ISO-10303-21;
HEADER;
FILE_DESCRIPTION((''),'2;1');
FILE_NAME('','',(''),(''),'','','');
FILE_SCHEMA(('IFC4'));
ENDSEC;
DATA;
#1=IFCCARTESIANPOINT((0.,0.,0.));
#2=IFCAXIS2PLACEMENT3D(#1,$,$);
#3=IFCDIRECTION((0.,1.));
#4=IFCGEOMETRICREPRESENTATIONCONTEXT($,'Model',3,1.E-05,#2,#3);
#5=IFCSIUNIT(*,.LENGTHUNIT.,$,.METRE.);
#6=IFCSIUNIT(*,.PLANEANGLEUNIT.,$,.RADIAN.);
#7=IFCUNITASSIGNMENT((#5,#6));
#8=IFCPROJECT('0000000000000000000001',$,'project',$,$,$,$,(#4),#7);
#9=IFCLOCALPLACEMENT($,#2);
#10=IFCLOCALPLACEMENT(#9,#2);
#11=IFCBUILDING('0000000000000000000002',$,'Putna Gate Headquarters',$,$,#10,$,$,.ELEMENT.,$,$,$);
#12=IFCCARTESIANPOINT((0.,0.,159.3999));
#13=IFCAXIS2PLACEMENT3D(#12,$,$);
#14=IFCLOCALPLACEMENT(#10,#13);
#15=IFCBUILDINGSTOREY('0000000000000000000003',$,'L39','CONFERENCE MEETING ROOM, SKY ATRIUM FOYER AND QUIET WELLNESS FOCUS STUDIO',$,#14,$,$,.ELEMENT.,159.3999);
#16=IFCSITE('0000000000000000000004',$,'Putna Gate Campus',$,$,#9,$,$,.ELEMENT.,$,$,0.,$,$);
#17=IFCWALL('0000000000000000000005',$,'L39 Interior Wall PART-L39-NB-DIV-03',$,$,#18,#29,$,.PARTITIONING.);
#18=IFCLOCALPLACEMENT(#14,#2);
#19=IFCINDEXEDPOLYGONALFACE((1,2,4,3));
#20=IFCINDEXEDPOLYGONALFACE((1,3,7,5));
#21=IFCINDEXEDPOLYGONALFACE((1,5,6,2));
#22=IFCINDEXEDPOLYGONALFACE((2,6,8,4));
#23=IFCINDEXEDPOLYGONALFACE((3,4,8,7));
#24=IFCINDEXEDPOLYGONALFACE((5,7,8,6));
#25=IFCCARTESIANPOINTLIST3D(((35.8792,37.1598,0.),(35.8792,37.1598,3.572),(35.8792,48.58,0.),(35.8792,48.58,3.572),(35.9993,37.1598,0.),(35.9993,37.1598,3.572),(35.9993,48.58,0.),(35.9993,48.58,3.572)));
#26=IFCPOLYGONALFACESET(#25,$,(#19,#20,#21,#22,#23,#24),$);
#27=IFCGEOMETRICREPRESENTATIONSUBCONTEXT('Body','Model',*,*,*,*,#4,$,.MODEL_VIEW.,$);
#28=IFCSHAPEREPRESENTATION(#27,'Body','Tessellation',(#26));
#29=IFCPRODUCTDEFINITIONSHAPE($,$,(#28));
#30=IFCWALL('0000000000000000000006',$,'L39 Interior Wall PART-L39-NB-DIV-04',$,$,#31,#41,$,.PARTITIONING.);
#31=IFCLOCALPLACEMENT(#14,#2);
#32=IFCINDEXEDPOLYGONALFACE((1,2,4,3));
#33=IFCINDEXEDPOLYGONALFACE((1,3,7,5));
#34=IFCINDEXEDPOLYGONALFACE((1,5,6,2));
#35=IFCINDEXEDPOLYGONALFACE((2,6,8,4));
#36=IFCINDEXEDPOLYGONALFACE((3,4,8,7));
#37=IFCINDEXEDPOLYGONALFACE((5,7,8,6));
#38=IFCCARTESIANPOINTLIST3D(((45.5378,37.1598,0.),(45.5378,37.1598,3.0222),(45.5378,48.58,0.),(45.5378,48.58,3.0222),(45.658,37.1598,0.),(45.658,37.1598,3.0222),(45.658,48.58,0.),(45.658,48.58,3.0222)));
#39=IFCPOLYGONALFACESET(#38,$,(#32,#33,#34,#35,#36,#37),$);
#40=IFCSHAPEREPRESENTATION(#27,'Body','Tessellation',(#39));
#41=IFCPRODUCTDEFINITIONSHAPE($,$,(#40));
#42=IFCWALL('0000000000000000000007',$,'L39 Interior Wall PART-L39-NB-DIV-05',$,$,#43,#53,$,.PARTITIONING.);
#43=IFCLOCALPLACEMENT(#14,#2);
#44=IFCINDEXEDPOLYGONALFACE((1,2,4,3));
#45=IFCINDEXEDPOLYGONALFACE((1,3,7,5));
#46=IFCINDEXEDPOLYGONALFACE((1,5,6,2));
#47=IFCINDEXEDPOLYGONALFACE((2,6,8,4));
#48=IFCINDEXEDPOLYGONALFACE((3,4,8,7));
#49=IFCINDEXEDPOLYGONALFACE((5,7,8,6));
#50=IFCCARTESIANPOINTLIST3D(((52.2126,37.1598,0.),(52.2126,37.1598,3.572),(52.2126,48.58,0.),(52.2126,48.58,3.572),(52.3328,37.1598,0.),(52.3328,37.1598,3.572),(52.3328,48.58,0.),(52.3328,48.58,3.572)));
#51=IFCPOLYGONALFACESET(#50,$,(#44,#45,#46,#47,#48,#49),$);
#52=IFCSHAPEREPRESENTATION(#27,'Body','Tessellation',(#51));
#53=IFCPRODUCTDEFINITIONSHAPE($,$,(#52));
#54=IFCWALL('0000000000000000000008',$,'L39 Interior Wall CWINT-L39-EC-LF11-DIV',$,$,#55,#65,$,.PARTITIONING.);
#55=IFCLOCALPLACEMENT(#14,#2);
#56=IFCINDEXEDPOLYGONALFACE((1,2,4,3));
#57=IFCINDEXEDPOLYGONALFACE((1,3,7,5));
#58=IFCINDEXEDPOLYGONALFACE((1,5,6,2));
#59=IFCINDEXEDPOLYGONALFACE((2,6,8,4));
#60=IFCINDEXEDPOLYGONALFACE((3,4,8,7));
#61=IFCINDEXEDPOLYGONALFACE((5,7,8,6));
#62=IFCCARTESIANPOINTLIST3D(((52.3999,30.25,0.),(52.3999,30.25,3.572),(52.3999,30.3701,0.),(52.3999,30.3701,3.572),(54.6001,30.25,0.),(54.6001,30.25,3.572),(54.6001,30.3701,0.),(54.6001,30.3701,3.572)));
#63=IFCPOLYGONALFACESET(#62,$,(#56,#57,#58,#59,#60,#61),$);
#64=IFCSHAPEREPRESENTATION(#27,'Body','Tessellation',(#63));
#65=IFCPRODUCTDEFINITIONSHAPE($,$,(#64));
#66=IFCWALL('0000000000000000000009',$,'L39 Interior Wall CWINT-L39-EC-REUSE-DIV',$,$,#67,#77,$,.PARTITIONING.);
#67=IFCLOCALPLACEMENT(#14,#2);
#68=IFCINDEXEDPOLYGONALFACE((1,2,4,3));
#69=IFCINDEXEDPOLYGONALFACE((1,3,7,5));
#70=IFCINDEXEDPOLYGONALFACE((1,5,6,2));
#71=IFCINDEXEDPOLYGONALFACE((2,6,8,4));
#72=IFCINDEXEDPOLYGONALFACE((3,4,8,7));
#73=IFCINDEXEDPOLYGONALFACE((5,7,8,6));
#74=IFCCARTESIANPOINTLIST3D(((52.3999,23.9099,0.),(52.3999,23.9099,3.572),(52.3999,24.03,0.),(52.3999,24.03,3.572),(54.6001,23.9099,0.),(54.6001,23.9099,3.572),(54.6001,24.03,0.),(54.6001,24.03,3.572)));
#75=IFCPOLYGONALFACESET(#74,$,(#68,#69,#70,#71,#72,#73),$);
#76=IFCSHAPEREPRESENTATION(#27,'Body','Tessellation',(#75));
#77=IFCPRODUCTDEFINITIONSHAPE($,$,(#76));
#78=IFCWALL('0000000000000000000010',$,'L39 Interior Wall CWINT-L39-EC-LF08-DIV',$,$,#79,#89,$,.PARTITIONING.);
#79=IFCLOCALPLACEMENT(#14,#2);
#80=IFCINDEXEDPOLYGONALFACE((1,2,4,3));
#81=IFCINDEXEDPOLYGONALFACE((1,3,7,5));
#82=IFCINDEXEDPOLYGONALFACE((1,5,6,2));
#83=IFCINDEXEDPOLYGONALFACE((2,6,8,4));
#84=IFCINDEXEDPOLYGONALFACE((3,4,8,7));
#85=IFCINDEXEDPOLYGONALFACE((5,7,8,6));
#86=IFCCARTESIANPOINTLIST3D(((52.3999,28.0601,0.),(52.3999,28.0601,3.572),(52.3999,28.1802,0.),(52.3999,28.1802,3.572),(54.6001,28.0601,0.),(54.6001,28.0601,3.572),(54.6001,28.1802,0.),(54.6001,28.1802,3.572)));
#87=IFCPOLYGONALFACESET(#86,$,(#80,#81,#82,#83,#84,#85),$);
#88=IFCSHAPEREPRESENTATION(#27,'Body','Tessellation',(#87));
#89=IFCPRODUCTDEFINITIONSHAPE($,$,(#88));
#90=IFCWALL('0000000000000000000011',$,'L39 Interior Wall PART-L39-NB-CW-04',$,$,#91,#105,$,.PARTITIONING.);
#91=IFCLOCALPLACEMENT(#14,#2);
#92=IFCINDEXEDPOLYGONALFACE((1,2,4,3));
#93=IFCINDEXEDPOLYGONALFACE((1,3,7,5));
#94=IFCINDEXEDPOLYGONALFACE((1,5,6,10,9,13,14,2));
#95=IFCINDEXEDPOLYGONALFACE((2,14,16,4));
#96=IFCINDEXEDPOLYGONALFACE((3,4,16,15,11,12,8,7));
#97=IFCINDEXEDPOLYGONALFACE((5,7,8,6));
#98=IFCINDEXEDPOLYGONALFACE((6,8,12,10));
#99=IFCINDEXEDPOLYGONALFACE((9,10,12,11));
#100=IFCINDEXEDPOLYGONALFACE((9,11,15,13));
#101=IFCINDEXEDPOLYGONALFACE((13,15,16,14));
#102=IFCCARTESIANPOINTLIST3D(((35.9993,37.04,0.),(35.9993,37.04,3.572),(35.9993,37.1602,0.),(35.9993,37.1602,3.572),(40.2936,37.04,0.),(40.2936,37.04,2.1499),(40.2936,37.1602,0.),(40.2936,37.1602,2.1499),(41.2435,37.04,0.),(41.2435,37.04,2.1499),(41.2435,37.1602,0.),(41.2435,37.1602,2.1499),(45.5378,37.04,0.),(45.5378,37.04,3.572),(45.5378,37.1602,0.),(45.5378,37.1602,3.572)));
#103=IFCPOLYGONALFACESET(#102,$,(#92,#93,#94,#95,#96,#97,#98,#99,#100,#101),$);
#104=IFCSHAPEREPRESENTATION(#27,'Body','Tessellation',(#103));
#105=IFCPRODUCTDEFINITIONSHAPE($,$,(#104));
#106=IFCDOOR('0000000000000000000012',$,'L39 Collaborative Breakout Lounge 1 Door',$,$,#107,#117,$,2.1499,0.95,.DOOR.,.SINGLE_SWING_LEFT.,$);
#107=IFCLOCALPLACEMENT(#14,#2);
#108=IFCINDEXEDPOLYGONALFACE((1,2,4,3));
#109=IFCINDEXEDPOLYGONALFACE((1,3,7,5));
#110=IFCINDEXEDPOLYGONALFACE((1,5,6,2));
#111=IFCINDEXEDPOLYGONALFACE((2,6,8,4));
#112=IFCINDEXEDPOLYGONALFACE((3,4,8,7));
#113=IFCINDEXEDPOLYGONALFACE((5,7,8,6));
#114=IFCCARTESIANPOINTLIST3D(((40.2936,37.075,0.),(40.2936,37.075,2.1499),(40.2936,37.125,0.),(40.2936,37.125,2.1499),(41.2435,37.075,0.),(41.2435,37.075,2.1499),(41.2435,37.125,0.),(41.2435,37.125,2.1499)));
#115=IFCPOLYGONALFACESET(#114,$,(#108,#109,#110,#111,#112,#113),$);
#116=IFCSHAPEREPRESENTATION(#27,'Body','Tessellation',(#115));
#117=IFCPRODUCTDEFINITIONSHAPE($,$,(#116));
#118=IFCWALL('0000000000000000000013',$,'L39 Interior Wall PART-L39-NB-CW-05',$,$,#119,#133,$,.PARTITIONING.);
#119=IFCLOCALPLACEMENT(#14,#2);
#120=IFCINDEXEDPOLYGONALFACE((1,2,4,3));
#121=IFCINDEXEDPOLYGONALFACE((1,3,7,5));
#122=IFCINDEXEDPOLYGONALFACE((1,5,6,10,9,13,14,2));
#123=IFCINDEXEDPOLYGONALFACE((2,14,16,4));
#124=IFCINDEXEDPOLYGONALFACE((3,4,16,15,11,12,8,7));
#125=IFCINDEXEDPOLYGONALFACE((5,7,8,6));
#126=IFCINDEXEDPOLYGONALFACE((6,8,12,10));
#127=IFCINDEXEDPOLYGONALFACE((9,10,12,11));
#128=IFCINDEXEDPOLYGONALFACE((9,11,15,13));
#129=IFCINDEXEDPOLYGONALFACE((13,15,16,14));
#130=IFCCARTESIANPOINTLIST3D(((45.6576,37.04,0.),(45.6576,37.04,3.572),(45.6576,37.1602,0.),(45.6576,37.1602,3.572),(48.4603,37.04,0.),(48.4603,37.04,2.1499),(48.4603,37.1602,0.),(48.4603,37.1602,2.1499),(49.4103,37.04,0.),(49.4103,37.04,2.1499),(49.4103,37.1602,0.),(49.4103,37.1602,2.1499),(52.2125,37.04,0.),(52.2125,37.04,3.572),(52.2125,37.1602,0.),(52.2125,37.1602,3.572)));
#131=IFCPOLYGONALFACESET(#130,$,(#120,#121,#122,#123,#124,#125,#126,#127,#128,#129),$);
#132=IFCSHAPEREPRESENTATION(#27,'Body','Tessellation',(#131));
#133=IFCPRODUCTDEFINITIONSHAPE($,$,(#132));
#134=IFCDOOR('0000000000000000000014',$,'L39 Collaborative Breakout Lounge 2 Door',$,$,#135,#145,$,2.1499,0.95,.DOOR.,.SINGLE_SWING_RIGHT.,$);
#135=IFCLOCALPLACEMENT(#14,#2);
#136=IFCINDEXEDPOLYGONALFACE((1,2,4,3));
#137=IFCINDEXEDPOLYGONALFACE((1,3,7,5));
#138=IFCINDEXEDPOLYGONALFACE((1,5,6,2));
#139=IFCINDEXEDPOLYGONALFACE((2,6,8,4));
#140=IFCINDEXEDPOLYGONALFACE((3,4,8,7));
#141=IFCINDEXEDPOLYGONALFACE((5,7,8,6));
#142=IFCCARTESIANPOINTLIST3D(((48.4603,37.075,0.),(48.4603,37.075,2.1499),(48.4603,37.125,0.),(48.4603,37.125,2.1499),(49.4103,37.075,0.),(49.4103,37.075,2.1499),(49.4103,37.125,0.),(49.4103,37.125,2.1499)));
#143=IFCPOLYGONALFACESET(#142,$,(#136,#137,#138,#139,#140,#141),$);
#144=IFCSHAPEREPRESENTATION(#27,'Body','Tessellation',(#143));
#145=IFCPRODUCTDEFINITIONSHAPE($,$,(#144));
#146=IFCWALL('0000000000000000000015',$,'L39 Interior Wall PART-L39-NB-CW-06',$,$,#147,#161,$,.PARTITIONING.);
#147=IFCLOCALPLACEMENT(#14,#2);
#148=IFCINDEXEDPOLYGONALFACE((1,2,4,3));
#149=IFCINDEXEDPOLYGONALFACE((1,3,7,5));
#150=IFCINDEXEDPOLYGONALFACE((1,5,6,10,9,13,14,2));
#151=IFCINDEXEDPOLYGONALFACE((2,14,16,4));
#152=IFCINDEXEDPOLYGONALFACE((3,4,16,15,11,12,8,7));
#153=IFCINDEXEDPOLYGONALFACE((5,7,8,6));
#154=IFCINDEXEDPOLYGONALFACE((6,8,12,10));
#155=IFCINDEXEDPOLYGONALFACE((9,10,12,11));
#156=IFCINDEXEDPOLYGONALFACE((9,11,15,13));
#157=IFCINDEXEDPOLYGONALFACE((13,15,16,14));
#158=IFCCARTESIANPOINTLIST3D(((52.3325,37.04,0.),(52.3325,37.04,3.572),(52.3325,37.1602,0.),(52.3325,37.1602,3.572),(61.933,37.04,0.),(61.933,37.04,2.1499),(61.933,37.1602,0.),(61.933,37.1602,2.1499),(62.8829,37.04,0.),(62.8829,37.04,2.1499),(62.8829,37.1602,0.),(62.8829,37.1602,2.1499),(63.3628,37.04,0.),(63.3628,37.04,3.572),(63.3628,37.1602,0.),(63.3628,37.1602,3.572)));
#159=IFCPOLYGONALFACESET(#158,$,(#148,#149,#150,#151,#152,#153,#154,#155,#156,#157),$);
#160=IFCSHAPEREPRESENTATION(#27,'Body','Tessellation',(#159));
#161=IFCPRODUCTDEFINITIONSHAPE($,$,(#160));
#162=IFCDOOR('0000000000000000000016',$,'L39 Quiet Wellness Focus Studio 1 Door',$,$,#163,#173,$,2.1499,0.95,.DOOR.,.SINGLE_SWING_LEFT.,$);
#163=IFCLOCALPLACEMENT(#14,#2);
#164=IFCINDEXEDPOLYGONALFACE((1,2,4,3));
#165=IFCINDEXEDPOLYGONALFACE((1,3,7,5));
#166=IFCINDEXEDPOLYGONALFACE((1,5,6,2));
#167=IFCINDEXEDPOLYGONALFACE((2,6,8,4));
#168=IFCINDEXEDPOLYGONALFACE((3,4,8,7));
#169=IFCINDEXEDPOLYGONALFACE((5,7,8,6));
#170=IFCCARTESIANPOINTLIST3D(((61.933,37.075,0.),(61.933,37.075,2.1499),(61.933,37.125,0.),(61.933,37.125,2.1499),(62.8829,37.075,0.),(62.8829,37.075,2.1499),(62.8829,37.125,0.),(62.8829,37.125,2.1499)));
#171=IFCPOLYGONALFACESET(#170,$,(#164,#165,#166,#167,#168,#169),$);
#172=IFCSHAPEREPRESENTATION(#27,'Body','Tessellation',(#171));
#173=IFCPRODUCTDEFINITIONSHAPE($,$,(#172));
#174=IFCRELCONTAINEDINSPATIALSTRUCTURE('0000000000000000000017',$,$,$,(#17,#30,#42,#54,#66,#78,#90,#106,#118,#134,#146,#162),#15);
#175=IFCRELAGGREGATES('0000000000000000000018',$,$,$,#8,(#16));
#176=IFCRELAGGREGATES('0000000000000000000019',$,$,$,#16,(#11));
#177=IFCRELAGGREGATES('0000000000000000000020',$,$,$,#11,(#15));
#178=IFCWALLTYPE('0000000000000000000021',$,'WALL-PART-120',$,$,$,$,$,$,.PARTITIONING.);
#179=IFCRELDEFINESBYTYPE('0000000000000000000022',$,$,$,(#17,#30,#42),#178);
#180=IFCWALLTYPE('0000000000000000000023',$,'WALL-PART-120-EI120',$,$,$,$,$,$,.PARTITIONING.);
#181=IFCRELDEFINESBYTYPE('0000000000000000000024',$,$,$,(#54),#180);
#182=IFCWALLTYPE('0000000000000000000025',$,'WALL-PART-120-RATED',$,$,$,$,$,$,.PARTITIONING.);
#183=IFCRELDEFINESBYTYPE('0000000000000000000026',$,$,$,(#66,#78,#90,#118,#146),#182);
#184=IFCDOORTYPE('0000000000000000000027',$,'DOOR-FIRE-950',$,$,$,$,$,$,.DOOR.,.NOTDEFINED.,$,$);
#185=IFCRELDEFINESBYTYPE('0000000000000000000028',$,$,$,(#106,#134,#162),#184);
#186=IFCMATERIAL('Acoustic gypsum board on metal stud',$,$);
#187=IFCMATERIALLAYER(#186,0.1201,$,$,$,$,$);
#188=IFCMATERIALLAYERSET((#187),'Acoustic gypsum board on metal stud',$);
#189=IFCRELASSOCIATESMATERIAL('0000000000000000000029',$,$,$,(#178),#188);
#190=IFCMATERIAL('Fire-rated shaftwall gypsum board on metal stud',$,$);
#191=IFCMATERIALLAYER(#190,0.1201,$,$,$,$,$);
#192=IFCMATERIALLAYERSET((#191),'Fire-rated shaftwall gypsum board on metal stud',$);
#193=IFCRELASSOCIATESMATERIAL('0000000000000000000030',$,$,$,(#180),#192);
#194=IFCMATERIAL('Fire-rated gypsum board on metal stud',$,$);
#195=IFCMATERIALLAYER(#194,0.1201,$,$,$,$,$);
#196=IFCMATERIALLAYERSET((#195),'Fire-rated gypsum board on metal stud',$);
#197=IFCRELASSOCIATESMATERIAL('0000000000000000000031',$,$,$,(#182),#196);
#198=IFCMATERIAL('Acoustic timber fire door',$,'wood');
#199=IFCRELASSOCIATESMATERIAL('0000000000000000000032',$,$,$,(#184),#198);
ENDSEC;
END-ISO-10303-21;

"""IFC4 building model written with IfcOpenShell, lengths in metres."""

from ifc_helpers import new_model, si_unit, direction, frame, frame_2d, origin, place, context, subcontext, project, spatial, rectangle, extrude, material, layer, layer_set, type_object, element, fill, save


model = new_model("IFC4")

# Units and contexts
model_context = context("Model", 3, precision=1e-05, world=origin(), true_north=direction((0.0, 1.0)))
body_context = subcontext(model_context, "Body", "Model", "MODEL_VIEW")
ifc_project = project(units=[si_unit("LENGTHUNIT", "METRE"), si_unit("PLANEANGLEUNIT", "RADIAN")], contexts=[model_context])

# Site, building, storey
site_placement = place(None, origin())
site = spatial("IfcSite", under=ifc_project, at=site_placement, Name="Putna Gate Campus", CompositionType="ELEMENT", RefElevation=0.0)
building_placement = place(site_placement, origin())
building = spatial("IfcBuilding", under=site, at=building_placement, Name="Putna Gate Headquarters", CompositionType="ELEMENT")
storey_placement = place(building_placement, frame((0.0, 0.0, 159.3999)))
storey = spatial("IfcBuildingStorey", under=building, at=storey_placement, Name="L39", Description="CONFERENCE MEETING ROOM, SKY ATRIUM FOYER AND QUIET WELLNESS FOCUS STUDIO", CompositionType="ELEMENT", Elevation=159.3999)

# Shared definitions
ifc_material_1 = material(Name="Acoustic gypsum board on metal stud")
ifc_layer_1 = layer(ifc_material_1, 0.1201)
ifc_layer_set_1 = layer_set([ifc_layer_1], Name="Acoustic gypsum board on metal stud")
wall_type_1 = type_object("IfcWallType", Name="WALL-PART-120", PredefinedType="PARTITIONING", material=ifc_layer_set_1)

# Walls
wall_1_placement = place(storey_placement, frame((35.9392, 37.1599, 0.0), z_axis=(0.0, 0.0, 1.0), x_axis=(0.0, 1.0, 0.0)))
element("IfcWall", 1, at=wall_1_placement, inside=storey, type_object=wall_type_1, Name="L39 Interior Wall PART-L39-NB-DIV-03", PredefinedType="PARTITIONING", context=body_context, shape_type="SweptSolid", body=[
    extrude(rectangle(XDim=11.4202, YDim=0.1201, at=frame_2d((5.71, 0.0))), origin(), (0.0, 0.0, 1.0), 3.572),
])
wall_2_placement = place(storey_placement, frame((45.5979, 37.1599, 0.0), z_axis=(0.0, 0.0, 1.0), x_axis=(0.0, 1.0, 0.0)))
element("IfcWall", 2, at=wall_2_placement, inside=storey, type_object=wall_type_1, Name="L39 Interior Wall PART-L39-NB-DIV-04", PredefinedType="PARTITIONING", context=body_context, shape_type="SweptSolid", body=[
    extrude(rectangle(XDim=11.4202, YDim=0.1201, at=frame_2d((5.71, 0.0))), origin(), (0.0, 0.0, 1.0), 3.0222),
])
wall_3_placement = place(storey_placement, frame((52.2727, 37.1599, 0.0), z_axis=(0.0, 0.0, 1.0), x_axis=(0.0, 1.0, 0.0)))
element("IfcWall", 3, at=wall_3_placement, inside=storey, type_object=wall_type_1, Name="L39 Interior Wall PART-L39-NB-DIV-05", PredefinedType="PARTITIONING", context=body_context, shape_type="SweptSolid", body=[
    extrude(rectangle(XDim=11.4202, YDim=0.1201, at=frame_2d((5.71, 0.0))), origin(), (0.0, 0.0, 1.0), 3.572),
])
ifc_material_2 = material(Name="Fire-rated shaftwall gypsum board on metal stud")
ifc_layer_2 = layer(ifc_material_2, 0.1201)
ifc_layer_set_2 = layer_set([ifc_layer_2], Name="Fire-rated shaftwall gypsum board on metal stud")
wall_type_2 = type_object("IfcWallType", Name="WALL-PART-120-EI120", PredefinedType="PARTITIONING", material=ifc_layer_set_2)
wall_4_placement = place(storey_placement, frame((52.3999, 30.3101, 0.0), z_axis=(0.0, 0.0, 1.0), x_axis=(1.0, 0.0, 0.0)))
element("IfcWall", 4, at=wall_4_placement, inside=storey, type_object=wall_type_2, Name="L39 Interior Wall CWINT-L39-EC-LF11-DIV", PredefinedType="PARTITIONING", context=body_context, shape_type="SweptSolid", body=[
    extrude(rectangle(XDim=2.2002, YDim=0.1201, at=frame_2d((1.1001, 0.0))), origin(), (0.0, 0.0, 1.0), 3.572),
])
ifc_material_3 = material(Name="Fire-rated gypsum board on metal stud")
ifc_layer_3 = layer(ifc_material_3, 0.1201)
ifc_layer_set_3 = layer_set([ifc_layer_3], Name="Fire-rated gypsum board on metal stud")
wall_type_3 = type_object("IfcWallType", Name="WALL-PART-120-RATED", PredefinedType="PARTITIONING", material=ifc_layer_set_3)
for number, where, z_axis, x_axis, name in (
    (5, (52.3999, 23.97, 0.0), (0.0, 0.0, 1.0), (1.0, 0.0, 0.0), "L39 Interior Wall CWINT-L39-EC-REUSE-DIV"),
    (6, (52.3999, 28.1201, 0.0), (0.0, 0.0, 1.0), (1.0, 0.0, 0.0), "L39 Interior Wall CWINT-L39-EC-LF08-DIV"),
):
    element("IfcWall", number, at=place(storey_placement, frame(where, z_axis=z_axis, x_axis=x_axis)), inside=storey, type_object=wall_type_3, Name=name, PredefinedType="PARTITIONING", context=body_context, shape_type="SweptSolid", body=[
        extrude(rectangle(XDim=2.2002, YDim=0.1201, at=frame_2d((1.1001, 0.0))), origin(), (0.0, 0.0, 1.0), 3.572),
    ])

# Walls, openings, doors
wall_5_placement = place(storey_placement, frame((35.9993, 37.1001, 0.0), z_axis=(0.0, 0.0, 1.0), x_axis=(1.0, 0.0, 0.0)))
wall_5 = element("IfcWall", 7, at=wall_5_placement, inside=storey, type_object=wall_type_3, Name="L39 Interior Wall PART-L39-NB-CW-04", PredefinedType="PARTITIONING", context=body_context, shape_type="SweptSolid", body=[
    extrude(rectangle(XDim=9.5386, YDim=0.1201, at=frame_2d((4.7693, 0.0))), origin(), (0.0, 0.0, 1.0), 3.572),
])
opening_1_placement = place(wall_5_placement, frame((4.2942, 0.0, 0.0)))
opening_1 = element("IfcOpeningElement", 8, at=opening_1_placement, cuts=wall_5, PredefinedType="OPENING", context=body_context, shape_type="SweptSolid", body=[
    extrude(rectangle(XDim=0.95, YDim=2.1499, at=frame_2d((0.4751, 1.075))), frame((0.0, 0.0701, 0.0), z_axis=(0.0, -1.0, 0.0), x_axis=(1.0, 0.0, 0.0)), (0.0, 0.0, 1.0), 0.1401),
])
ifc_material_4 = material(Name="Acoustic timber fire door", Category="wood")
door_type_1 = type_object("IfcDoorType", Name="DOOR-FIRE-950", OperationType="NOTDEFINED", PredefinedType="DOOR", material=ifc_material_4)
door_1_placement = place(opening_1_placement, origin())
door_1 = element("IfcDoor", 9, at=door_1_placement, inside=storey, type_object=door_type_1, Name="L39 Collaborative Breakout Lounge 1 Door", OperationType="SINGLE_SWING_LEFT", OverallHeight=2.1499, OverallWidth=0.95, PredefinedType="DOOR", context=body_context, shape_type="SweptSolid", body=[
    extrude(rectangle(XDim=0.95, YDim=2.1499, at=frame_2d((0.4751, 1.075))), frame((0.0, 0.0249, 0.0), z_axis=(0.0, -1.0, 0.0), x_axis=(1.0, 0.0, 0.0)), (0.0, 0.0, 1.0), 0.05),
])
fill(opening_1, door_1)
wall_6_placement = place(storey_placement, frame((45.6577, 37.1001, 0.0), z_axis=(0.0, 0.0, 1.0), x_axis=(1.0, 0.0, 0.0)))
wall_6 = element("IfcWall", 10, at=wall_6_placement, inside=storey, type_object=wall_type_3, Name="L39 Interior Wall PART-L39-NB-CW-05", PredefinedType="PARTITIONING", context=body_context, shape_type="SweptSolid", body=[
    extrude(rectangle(XDim=6.5549, YDim=0.1201, at=frame_2d((3.2773, 0.0))), origin(), (0.0, 0.0, 1.0), 3.572),
])
opening_2_placement = place(wall_6_placement, frame((2.8025, 0.0, 0.0)))
opening_2 = element("IfcOpeningElement", 11, at=opening_2_placement, cuts=wall_6, PredefinedType="OPENING", context=body_context, shape_type="SweptSolid", body=[
    extrude(rectangle(XDim=0.95, YDim=2.1499, at=frame_2d((0.4751, 1.075))), frame((0.0, 0.0701, 0.0), z_axis=(0.0, -1.0, 0.0), x_axis=(1.0, 0.0, 0.0)), (0.0, 0.0, 1.0), 0.1401),
])
door_2_placement = place(opening_2_placement, origin())
door_2 = element("IfcDoor", 12, at=door_2_placement, inside=storey, type_object=door_type_1, Name="L39 Collaborative Breakout Lounge 2 Door", OperationType="SINGLE_SWING_RIGHT", OverallHeight=2.1499, OverallWidth=0.95, PredefinedType="DOOR", context=body_context, shape_type="SweptSolid", body=[
    extrude(rectangle(XDim=0.95, YDim=2.1499, at=frame_2d((0.4751, 1.075))), frame((0.0, 0.0249, 0.0), z_axis=(0.0, -1.0, 0.0), x_axis=(1.0, 0.0, 0.0)), (0.0, 0.0, 1.0), 0.05),
])
fill(opening_2, door_2)
wall_7_placement = place(storey_placement, frame((52.3325, 37.1001, 0.0), z_axis=(0.0, 0.0, 1.0), x_axis=(1.0, 0.0, 0.0)))
wall_7 = element("IfcWall", 13, at=wall_7_placement, inside=storey, type_object=wall_type_3, Name="L39 Interior Wall PART-L39-NB-CW-06", PredefinedType="PARTITIONING", context=body_context, shape_type="SweptSolid", body=[
    extrude(rectangle(XDim=11.0303, YDim=0.1201, at=frame_2d((5.5151, 0.0))), origin(), (0.0, 0.0, 1.0), 3.572),
])
opening_3_placement = place(wall_7_placement, frame((9.6003, 0.0, 0.0)))
opening_3 = element("IfcOpeningElement", 14, at=opening_3_placement, cuts=wall_7, PredefinedType="OPENING", context=body_context, shape_type="SweptSolid", body=[
    extrude(rectangle(XDim=0.95, YDim=2.1499, at=frame_2d((0.4751, 1.075))), frame((0.0, 0.0701, 0.0), z_axis=(0.0, -1.0, 0.0), x_axis=(1.0, 0.0, 0.0)), (0.0, 0.0, 1.0), 0.1401),
])
door_3_placement = place(opening_3_placement, origin())
door_3 = element("IfcDoor", 15, at=door_3_placement, inside=storey, type_object=door_type_1, Name="L39 Quiet Wellness Focus Studio 1 Door", OperationType="SINGLE_SWING_LEFT", OverallHeight=2.1499, OverallWidth=0.95, PredefinedType="DOOR", context=body_context, shape_type="SweptSolid", body=[
    extrude(rectangle(XDim=0.95, YDim=2.1499, at=frame_2d((0.4751, 1.075))), frame((0.0, 0.0249, 0.0), z_axis=(0.0, -1.0, 0.0), x_axis=(1.0, 0.0, 0.0)), (0.0, 0.0, 1.0), 0.05),
])
fill(opening_3, door_3)

save(model, "model.ifc")
